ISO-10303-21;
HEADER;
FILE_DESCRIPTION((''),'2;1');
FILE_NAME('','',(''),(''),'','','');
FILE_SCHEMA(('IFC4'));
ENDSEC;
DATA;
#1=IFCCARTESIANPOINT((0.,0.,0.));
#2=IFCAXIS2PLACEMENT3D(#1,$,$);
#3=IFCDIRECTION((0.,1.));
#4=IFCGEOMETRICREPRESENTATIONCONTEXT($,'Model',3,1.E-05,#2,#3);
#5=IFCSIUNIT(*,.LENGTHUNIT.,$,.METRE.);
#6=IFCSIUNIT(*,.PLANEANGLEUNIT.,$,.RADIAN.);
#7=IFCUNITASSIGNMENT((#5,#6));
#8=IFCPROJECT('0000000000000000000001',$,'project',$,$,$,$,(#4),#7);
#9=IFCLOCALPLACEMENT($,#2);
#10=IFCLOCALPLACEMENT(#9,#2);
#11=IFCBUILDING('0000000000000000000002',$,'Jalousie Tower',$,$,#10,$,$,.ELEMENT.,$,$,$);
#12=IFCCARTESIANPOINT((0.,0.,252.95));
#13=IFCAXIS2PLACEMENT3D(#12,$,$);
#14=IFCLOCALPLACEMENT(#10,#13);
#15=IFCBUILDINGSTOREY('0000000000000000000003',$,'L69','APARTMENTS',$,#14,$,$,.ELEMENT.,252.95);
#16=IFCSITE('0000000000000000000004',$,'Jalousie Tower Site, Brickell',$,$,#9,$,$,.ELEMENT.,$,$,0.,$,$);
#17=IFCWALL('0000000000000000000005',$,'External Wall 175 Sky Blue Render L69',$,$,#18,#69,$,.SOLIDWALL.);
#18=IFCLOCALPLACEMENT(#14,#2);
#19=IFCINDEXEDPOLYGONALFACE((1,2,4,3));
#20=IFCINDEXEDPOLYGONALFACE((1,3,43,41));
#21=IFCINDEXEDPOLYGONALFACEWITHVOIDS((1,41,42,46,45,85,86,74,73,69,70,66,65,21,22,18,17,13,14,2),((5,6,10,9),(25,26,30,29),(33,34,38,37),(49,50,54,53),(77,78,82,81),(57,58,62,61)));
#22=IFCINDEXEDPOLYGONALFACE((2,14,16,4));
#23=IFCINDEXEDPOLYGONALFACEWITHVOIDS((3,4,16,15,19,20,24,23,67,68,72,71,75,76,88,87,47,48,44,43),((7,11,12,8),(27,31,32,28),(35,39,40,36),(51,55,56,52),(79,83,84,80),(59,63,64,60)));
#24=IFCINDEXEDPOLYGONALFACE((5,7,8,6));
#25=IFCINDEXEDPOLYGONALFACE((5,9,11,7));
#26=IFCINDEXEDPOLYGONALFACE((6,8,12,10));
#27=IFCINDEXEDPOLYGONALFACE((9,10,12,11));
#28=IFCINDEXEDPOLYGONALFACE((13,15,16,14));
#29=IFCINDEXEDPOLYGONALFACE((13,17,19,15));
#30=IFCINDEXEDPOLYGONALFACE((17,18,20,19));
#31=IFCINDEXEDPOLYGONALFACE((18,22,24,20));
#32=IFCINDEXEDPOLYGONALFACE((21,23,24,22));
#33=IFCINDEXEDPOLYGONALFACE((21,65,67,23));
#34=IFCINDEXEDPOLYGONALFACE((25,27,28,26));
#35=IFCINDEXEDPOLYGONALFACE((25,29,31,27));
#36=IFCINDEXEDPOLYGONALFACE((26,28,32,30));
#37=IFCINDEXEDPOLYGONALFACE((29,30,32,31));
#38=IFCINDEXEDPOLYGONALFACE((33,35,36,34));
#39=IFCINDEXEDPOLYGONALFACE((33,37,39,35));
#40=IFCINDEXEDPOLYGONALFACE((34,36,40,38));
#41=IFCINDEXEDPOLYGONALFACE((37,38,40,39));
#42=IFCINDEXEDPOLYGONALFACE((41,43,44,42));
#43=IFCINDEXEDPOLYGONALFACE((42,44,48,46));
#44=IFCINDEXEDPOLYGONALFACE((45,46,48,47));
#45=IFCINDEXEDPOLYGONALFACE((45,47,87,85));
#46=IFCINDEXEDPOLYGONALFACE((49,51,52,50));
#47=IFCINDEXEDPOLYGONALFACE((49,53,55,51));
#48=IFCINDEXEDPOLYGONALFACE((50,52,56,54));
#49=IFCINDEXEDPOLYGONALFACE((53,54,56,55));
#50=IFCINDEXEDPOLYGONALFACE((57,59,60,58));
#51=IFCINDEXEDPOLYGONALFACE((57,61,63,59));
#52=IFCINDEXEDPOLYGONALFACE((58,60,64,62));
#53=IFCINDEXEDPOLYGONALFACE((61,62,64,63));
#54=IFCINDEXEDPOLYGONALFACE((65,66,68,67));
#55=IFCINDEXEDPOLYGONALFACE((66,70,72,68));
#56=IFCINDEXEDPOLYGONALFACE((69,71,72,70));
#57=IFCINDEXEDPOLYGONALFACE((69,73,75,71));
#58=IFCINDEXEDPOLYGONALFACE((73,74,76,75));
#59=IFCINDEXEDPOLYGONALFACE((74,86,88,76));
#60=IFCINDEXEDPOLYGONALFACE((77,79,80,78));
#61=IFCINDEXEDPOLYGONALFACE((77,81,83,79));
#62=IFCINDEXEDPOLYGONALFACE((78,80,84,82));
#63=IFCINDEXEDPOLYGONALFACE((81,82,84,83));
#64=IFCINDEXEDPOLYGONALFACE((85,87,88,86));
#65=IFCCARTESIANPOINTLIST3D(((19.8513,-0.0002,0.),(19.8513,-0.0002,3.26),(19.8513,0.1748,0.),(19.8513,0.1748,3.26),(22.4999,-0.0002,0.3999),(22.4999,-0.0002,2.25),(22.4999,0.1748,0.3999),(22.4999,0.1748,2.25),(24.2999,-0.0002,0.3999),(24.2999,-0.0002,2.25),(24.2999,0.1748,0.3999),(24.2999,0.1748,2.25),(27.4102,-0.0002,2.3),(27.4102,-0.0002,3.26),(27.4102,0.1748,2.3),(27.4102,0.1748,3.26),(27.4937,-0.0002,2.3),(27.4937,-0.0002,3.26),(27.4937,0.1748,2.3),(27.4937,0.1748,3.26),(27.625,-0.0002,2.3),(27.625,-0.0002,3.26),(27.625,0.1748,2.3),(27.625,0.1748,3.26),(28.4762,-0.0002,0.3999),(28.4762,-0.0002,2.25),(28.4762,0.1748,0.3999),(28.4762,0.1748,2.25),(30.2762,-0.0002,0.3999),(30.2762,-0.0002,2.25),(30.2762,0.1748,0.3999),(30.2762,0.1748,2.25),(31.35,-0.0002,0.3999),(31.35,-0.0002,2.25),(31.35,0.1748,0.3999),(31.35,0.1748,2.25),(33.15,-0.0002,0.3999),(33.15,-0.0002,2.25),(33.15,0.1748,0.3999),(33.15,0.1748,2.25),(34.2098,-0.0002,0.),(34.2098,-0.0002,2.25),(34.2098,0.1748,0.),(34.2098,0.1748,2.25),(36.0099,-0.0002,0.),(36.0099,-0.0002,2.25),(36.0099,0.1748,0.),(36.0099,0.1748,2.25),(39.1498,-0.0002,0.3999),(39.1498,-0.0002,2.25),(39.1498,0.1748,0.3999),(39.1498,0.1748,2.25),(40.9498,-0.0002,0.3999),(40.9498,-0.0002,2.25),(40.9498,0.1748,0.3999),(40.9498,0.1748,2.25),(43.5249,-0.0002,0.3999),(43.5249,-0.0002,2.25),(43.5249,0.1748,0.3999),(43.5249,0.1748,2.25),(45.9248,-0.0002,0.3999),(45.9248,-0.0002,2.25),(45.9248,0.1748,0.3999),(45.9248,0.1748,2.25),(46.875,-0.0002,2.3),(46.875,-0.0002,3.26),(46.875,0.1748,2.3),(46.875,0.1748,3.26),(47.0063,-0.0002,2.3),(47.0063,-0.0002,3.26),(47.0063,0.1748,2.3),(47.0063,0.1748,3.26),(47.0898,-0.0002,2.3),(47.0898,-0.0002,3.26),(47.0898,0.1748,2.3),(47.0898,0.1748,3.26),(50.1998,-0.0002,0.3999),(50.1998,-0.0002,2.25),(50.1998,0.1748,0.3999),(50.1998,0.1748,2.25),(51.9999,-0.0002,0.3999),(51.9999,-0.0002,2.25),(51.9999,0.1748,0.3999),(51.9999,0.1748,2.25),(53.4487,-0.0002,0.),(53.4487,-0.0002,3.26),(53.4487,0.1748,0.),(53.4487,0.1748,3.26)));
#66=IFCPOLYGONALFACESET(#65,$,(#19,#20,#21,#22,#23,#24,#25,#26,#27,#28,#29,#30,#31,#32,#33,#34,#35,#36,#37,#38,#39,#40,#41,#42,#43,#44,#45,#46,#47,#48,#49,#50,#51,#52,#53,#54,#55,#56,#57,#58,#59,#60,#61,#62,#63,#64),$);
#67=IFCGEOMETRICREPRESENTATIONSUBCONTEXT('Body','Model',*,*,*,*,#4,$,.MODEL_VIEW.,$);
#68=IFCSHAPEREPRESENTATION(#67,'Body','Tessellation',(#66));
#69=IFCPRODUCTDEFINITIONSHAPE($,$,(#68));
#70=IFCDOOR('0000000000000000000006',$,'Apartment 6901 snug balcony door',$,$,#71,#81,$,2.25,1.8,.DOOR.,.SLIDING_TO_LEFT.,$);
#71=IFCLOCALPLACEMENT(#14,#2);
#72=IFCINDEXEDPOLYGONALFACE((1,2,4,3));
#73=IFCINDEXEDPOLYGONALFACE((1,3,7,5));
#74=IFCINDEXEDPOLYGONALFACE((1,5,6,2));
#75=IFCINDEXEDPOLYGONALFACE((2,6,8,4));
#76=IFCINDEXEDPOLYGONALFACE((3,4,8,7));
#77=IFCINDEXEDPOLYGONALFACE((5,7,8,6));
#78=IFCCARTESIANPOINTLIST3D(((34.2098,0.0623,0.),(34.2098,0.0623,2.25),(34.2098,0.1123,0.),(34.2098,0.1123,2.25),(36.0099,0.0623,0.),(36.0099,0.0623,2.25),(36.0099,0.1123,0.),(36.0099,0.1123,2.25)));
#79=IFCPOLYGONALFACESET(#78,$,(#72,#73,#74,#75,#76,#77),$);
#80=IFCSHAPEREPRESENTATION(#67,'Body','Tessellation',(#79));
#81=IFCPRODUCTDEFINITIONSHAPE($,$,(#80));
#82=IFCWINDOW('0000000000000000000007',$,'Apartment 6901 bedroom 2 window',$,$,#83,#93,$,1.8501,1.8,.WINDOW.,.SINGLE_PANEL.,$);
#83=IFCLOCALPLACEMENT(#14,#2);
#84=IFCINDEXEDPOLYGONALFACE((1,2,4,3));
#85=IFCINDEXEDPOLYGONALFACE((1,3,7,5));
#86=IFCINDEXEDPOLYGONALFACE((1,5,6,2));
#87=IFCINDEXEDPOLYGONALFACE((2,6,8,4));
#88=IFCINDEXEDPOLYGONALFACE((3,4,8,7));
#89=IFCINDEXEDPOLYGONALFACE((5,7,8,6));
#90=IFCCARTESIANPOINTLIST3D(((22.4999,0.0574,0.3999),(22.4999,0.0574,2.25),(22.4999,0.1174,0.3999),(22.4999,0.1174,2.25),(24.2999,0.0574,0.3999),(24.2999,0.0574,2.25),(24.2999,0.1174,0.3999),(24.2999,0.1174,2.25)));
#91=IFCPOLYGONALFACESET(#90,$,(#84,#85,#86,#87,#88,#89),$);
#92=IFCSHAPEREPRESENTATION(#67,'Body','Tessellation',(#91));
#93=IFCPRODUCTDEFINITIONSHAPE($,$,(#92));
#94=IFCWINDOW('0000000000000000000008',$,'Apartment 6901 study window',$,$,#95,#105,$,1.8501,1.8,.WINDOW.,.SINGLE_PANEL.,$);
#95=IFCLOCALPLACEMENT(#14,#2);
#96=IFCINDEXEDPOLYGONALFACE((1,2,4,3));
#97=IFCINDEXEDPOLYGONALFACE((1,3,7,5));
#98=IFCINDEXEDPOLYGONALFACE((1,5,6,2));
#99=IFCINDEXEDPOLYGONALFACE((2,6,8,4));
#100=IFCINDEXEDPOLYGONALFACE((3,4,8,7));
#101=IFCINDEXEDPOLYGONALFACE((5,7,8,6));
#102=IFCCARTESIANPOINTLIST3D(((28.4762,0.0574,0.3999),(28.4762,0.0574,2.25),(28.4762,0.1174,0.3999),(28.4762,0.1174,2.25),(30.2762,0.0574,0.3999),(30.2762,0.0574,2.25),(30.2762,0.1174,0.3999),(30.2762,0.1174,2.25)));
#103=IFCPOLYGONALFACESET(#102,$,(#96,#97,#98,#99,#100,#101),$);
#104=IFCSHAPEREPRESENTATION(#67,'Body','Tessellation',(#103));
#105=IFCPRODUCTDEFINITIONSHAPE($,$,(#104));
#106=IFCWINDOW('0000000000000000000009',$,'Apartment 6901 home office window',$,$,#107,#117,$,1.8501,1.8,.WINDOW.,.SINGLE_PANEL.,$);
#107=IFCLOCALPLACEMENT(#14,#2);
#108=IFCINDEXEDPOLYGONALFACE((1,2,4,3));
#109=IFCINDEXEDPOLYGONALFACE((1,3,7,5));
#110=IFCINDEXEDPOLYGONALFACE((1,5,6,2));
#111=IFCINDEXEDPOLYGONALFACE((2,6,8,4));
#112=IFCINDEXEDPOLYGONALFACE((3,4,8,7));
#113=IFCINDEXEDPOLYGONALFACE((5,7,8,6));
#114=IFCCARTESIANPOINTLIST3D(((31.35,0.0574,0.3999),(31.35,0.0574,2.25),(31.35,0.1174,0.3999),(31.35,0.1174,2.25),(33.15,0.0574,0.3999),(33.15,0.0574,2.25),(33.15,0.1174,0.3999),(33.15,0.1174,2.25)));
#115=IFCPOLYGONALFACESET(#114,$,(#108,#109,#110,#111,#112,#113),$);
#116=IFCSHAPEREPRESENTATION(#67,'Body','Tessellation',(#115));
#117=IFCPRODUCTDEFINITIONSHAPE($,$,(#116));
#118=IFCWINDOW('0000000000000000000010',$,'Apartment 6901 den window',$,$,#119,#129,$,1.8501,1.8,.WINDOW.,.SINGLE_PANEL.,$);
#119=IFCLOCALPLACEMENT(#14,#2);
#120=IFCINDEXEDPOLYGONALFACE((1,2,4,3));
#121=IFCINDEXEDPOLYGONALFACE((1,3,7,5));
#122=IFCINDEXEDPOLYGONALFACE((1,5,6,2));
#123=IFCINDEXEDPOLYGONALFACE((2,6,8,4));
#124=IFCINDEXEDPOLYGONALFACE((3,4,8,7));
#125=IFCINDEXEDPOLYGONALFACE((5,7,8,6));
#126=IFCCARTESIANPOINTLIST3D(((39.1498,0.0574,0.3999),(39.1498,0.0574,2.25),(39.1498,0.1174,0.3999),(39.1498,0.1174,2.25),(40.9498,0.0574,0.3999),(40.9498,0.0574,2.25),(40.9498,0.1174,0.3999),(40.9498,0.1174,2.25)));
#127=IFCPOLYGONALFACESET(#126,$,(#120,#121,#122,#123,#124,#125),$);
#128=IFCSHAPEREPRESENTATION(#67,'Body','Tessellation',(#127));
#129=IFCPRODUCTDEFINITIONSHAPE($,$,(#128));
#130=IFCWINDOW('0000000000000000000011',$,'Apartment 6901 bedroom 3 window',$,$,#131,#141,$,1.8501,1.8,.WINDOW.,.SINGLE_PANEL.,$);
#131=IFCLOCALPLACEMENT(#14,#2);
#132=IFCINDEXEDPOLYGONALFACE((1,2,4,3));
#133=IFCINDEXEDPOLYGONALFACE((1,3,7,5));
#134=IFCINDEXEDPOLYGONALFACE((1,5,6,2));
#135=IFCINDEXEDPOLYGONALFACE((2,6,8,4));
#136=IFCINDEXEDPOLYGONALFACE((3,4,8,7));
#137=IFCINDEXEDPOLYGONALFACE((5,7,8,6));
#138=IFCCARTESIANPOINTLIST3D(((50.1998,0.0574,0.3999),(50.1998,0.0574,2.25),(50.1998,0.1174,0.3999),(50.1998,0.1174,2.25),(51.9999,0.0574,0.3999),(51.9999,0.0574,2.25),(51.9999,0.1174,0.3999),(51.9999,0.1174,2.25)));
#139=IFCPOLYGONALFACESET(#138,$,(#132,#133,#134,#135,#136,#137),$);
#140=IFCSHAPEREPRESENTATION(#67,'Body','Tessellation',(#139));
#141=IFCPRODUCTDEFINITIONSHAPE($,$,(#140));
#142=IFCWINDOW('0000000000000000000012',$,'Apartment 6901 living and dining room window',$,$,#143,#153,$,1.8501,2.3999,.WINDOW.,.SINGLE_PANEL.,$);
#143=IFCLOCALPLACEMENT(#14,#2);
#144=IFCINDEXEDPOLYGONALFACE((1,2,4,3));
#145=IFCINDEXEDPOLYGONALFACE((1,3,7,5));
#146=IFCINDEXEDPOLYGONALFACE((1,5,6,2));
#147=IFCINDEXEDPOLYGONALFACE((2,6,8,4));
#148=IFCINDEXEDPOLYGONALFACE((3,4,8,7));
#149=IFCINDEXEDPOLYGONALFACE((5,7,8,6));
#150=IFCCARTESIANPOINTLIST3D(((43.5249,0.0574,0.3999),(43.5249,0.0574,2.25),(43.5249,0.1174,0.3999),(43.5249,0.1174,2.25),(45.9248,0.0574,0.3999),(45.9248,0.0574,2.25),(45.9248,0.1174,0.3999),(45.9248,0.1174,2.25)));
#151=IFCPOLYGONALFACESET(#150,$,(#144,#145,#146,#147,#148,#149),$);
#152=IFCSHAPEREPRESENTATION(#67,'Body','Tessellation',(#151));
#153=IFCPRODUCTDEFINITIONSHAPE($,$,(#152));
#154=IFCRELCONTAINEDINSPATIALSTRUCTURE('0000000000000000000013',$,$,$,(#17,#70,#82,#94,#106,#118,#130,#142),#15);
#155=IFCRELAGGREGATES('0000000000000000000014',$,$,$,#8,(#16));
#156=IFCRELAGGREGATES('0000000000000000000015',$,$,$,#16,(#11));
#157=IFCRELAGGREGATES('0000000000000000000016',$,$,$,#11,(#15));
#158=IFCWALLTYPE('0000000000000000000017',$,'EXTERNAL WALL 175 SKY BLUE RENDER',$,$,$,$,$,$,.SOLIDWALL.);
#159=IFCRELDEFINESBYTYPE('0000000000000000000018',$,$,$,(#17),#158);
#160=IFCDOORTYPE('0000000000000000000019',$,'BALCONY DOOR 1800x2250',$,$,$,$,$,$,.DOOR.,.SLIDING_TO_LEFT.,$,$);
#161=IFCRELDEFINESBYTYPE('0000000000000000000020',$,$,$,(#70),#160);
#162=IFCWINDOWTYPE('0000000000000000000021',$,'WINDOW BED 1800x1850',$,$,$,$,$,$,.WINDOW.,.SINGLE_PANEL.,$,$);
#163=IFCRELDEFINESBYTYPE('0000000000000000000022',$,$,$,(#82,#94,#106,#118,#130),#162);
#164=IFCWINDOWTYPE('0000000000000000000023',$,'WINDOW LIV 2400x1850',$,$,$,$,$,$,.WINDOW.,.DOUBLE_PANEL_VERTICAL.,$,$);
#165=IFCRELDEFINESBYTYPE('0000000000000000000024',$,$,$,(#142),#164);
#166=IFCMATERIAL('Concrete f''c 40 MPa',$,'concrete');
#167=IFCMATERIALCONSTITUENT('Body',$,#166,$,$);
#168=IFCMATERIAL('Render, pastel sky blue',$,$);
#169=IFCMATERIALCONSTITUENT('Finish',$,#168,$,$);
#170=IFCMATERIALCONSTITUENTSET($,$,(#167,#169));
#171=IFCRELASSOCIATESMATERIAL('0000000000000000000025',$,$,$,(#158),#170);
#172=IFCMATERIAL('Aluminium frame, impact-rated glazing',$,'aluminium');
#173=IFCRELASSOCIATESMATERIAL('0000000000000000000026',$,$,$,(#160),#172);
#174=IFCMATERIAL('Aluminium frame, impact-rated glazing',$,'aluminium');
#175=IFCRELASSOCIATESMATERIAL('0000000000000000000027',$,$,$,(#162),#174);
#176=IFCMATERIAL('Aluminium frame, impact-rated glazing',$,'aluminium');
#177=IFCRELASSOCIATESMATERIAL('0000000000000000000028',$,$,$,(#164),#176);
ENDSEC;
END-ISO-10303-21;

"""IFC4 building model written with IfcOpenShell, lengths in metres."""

from ifc_helpers import new_model, si_unit, direction, frame, frame_2d, origin, place, context, subcontext, project, spatial, polyline, rectangle, outline, extrude, material, constituent, constituent_set, type_object, element, fill, save


model = new_model("IFC4")

# Units and contexts
model_context = context("Model", 3, precision=1e-05, world=origin(), true_north=direction((0.0, 1.0)))
body_context = subcontext(model_context, "Body", "Model", "MODEL_VIEW")
ifc_project = project(units=[si_unit("LENGTHUNIT", "METRE"), si_unit("PLANEANGLEUNIT", "RADIAN")], contexts=[model_context])

# Site, building, storey
site_placement = place(None, origin())
site = spatial("IfcSite", under=ifc_project, at=site_placement, Name="Jalousie Tower Site, Brickell", CompositionType="ELEMENT", RefElevation=0.0)
building_placement = place(site_placement, origin())
building = spatial("IfcBuilding", under=site, at=building_placement, Name="Jalousie Tower", CompositionType="ELEMENT")
storey_placement = place(building_placement, frame((0.0, 0.0, 252.95)))
storey = spatial("IfcBuildingStorey", under=building, at=storey_placement, Name="L69", Description="APARTMENTS", CompositionType="ELEMENT", Elevation=252.95)

# Wall, openings, door, windows
ifc_material_1 = material(Name="Concrete f'c 40 MPa", Category="concrete")
ifc_constituent_1 = constituent(ifc_material_1, Name="Body")
ifc_material_2 = material(Name="Render, pastel sky blue")
ifc_constituent_2 = constituent(ifc_material_2, Name="Finish")
ifc_constituent_set_1 = constituent_set(constituents=[ifc_constituent_1, ifc_constituent_2])
wall_type_1 = type_object("IfcWallType", Name="EXTERNAL WALL 175 SKY BLUE RENDER", PredefinedType="SOLIDWALL", material=ifc_constituent_set_1)
wall_1_placement = place(storey_placement, frame((19.8513, 0.0874, 0.0), z_axis=(0.0, 0.0, 1.0), x_axis=(1.0, 0.0, 0.0)))
wall_1 = element("IfcWall", 1, at=wall_1_placement, inside=storey, type_object=wall_type_1, Name="External Wall 175 Sky Blue Render L69", PredefinedType="SOLIDWALL", context=body_context, shape_type="SweptSolid", body=[
    extrude(outline(polyline([(0.0, 0.0), (33.5974, 0.0), (33.5974, 3.26), (27.2385, 3.26), (27.2385, 2.3), (27.155, 2.3), (27.155, 3.26), (27.0237, 3.26), (27.0237, 2.3), (7.7737, 2.3), (7.7737, 3.26), (7.6423, 3.26), (7.6423, 2.3), (7.5588, 2.3), (7.5588, 3.26), (0.0, 3.26), (0.0, 0.0)])), frame((0.0, 0.0874, 0.0), z_axis=(0.0, -1.0, 0.0), x_axis=(1.0, 0.0, 0.0)), (0.0, 0.0, 1.0), 0.175),
])
opening_1_placement = place(wall_1_placement, frame((2.6487, 0.0, 0.3999)))
opening_1 = element("IfcOpeningElement", 2, at=opening_1_placement, cuts=wall_1, PredefinedType="OPENING", context=body_context, shape_type="SweptSolid", body=[
    extrude(rectangle(XDim=1.8, YDim=1.8501, at=frame_2d((0.8999, 0.925))), frame((0.0, 0.0974, 0.0), z_axis=(0.0, -1.0, 0.0), x_axis=(1.0, 0.0, 0.0)), (0.0, 0.0, 1.0), 0.1951),
])
opening_2_placement = place(wall_1_placement, frame((8.625, 0.0, 0.3999)))
opening_2 = element("IfcOpeningElement", 3, at=opening_2_placement, cuts=wall_1, PredefinedType="OPENING", context=body_context, shape_type="SweptSolid", body=[
    extrude(rectangle(XDim=1.8, YDim=1.8501, at=frame_2d((0.8999, 0.925))), frame((0.0, 0.0974, 0.0), z_axis=(0.0, -1.0, 0.0), x_axis=(1.0, 0.0, 0.0)), (0.0, 0.0, 1.0), 0.1951),
])
opening_3_placement = place(wall_1_placement, frame((11.4988, 0.0, 0.3999)))
opening_3 = element("IfcOpeningElement", 4, at=opening_3_placement, cuts=wall_1, PredefinedType="OPENING", context=body_context, shape_type="SweptSolid", body=[
    extrude(rectangle(XDim=1.8, YDim=1.8501, at=frame_2d((0.8999, 0.925))), frame((0.0, 0.0974, 0.0), z_axis=(0.0, -1.0, 0.0), x_axis=(1.0, 0.0, 0.0)), (0.0, 0.0, 1.0), 0.1951),
])
opening_4_placement = place(wall_1_placement, frame((14.3586, 0.0, 0.0)))
opening_4 = element("IfcOpeningElement", 5, at=opening_4_placement, cuts=wall_1, PredefinedType="OPENING", context=body_context, shape_type="SweptSolid", body=[
    extrude(rectangle(XDim=1.8, YDim=2.25, at=frame_2d((0.8999, 1.125))), frame((0.0, 0.0974, 0.0), z_axis=(0.0, -1.0, 0.0), x_axis=(1.0, 0.0, 0.0)), (0.0, 0.0, 1.0), 0.1951),
])
opening_5_placement = place(wall_1_placement, frame((19.2986, 0.0, 0.3999)))
opening_5 = element("IfcOpeningElement", 6, at=opening_5_placement, cuts=wall_1, PredefinedType="OPENING", context=body_context, shape_type="SweptSolid", body=[
    extrude(rectangle(XDim=1.8, YDim=1.8501, at=frame_2d((0.8999, 0.925))), frame((0.0, 0.0974, 0.0), z_axis=(0.0, -1.0, 0.0), x_axis=(1.0, 0.0, 0.0)), (0.0, 0.0, 1.0), 0.1951),
])
opening_6_placement = place(wall_1_placement, frame((23.6736, 0.0, 0.3999)))
opening_6 = element("IfcOpeningElement", 7, at=opening_6_placement, cuts=wall_1, PredefinedType="OPENING", context=body_context, shape_type="SweptSolid", body=[
    extrude(rectangle(XDim=2.3999, YDim=1.8501, at=frame_2d((1.2, 0.925))), frame((0.0, 0.0974, 0.0), z_axis=(0.0, -1.0, 0.0), x_axis=(1.0, 0.0, 0.0)), (0.0, 0.0, 1.0), 0.1951),
])
opening_7_placement = place(wall_1_placement, frame((30.3486, 0.0, 0.3999)))
opening_7 = element("IfcOpeningElement", 8, at=opening_7_placement, cuts=wall_1, PredefinedType="OPENING", context=body_context, shape_type="SweptSolid", body=[
    extrude(rectangle(XDim=1.8, YDim=1.8501, at=frame_2d((0.8999, 0.925))), frame((0.0, 0.0974, 0.0), z_axis=(0.0, -1.0, 0.0), x_axis=(1.0, 0.0, 0.0)), (0.0, 0.0, 1.0), 0.1951),
])
ifc_material_3 = material(Name="Aluminium frame, impact-rated glazing", Category="aluminium")
door_type_1 = type_object("IfcDoorType", Name="BALCONY DOOR 1800x2250", OperationType="SLIDING_TO_LEFT", PredefinedType="DOOR", material=ifc_material_3)
door_1_placement = place(opening_4_placement, origin())
door_1 = element("IfcDoor", 9, at=door_1_placement, inside=storey, type_object=door_type_1, Name="Apartment 6901 snug balcony door", OperationType="SLIDING_TO_LEFT", OverallHeight=2.25, OverallWidth=1.8, PredefinedType="DOOR", context=body_context, shape_type="SweptSolid", body=[
    extrude(rectangle(XDim=1.8, YDim=2.25, at=frame_2d((0.8999, 1.125))), frame((0.0, 0.0249, 0.0), z_axis=(0.0, -1.0, 0.0), x_axis=(1.0, 0.0, 0.0)), (0.0, 0.0, 1.0), 0.05),
])
fill(opening_4, door_1)
ifc_material_4 = material(Name="Aluminium frame, impact-rated glazing", Category="aluminium")
window_type_1 = type_object("IfcWindowType", Name="WINDOW BED 1800x1850", PartitioningType="SINGLE_PANEL", PredefinedType="WINDOW", material=ifc_material_4)
window_1_placement = place(opening_1_placement, origin())
window_1 = element("IfcWindow", 10, at=window_1_placement, inside=storey, type_object=window_type_1, Name="Apartment 6901 bedroom 2 window", OverallHeight=1.8501, OverallWidth=1.8, PartitioningType="SINGLE_PANEL", PredefinedType="WINDOW", context=body_context, shape_type="SweptSolid", body=[
    extrude(rectangle(XDim=1.8, YDim=1.8501, at=frame_2d((0.8999, 0.925))), frame((0.0, 0.03, 0.0), z_axis=(0.0, -1.0, 0.0), x_axis=(1.0, 0.0, 0.0)), (0.0, 0.0, 1.0), 0.0601),
])
fill(opening_1, window_1)
window_2_placement = place(opening_2_placement, origin())
window_2 = element("IfcWindow", 11, at=window_2_placement, inside=storey, type_object=window_type_1, Name="Apartment 6901 study window", OverallHeight=1.8501, OverallWidth=1.8, PartitioningType="SINGLE_PANEL", PredefinedType="WINDOW", context=body_context, shape_type="SweptSolid", body=[
    extrude(rectangle(XDim=1.8, YDim=1.8501, at=frame_2d((0.8999, 0.925))), frame((0.0, 0.03, 0.0), z_axis=(0.0, -1.0, 0.0), x_axis=(1.0, 0.0, 0.0)), (0.0, 0.0, 1.0), 0.0601),
])
fill(opening_2, window_2)
window_3_placement = place(opening_3_placement, origin())
window_3 = element("IfcWindow", 12, at=window_3_placement, inside=storey, type_object=window_type_1, Name="Apartment 6901 home office window", OverallHeight=1.8501, OverallWidth=1.8, PartitioningType="SINGLE_PANEL", PredefinedType="WINDOW", context=body_context, shape_type="SweptSolid", body=[
    extrude(rectangle(XDim=1.8, YDim=1.8501, at=frame_2d((0.8999, 0.925))), frame((0.0, 0.03, 0.0), z_axis=(0.0, -1.0, 0.0), x_axis=(1.0, 0.0, 0.0)), (0.0, 0.0, 1.0), 0.0601),
])
fill(opening_3, window_3)
window_4_placement = place(opening_5_placement, origin())
window_4 = element("IfcWindow", 13, at=window_4_placement, inside=storey, type_object=window_type_1, Name="Apartment 6901 den window", OverallHeight=1.8501, OverallWidth=1.8, PartitioningType="SINGLE_PANEL", PredefinedType="WINDOW", context=body_context, shape_type="SweptSolid", body=[
    extrude(rectangle(XDim=1.8, YDim=1.8501, at=frame_2d((0.8999, 0.925))), frame((0.0, 0.03, 0.0), z_axis=(0.0, -1.0, 0.0), x_axis=(1.0, 0.0, 0.0)), (0.0, 0.0, 1.0), 0.0601),
])
fill(opening_5, window_4)
window_5_placement = place(opening_7_placement, origin())
window_5 = element("IfcWindow", 14, at=window_5_placement, inside=storey, type_object=window_type_1, Name="Apartment 6901 bedroom 3 window", OverallHeight=1.8501, OverallWidth=1.8, PartitioningType="SINGLE_PANEL", PredefinedType="WINDOW", context=body_context, shape_type="SweptSolid", body=[
    extrude(rectangle(XDim=1.8, YDim=1.8501, at=frame_2d((0.8999, 0.925))), frame((0.0, 0.03, 0.0), z_axis=(0.0, -1.0, 0.0), x_axis=(1.0, 0.0, 0.0)), (0.0, 0.0, 1.0), 0.0601),
])
fill(opening_7, window_5)
ifc_material_5 = material(Name="Aluminium frame, impact-rated glazing", Category="aluminium")
window_type_2 = type_object("IfcWindowType", Name="WINDOW LIV 2400x1850", PartitioningType="DOUBLE_PANEL_VERTICAL", PredefinedType="WINDOW", material=ifc_material_5)
window_6_placement = place(opening_6_placement, origin())
window_6 = element("IfcWindow", 15, at=window_6_placement, inside=storey, type_object=window_type_2, Name="Apartment 6901 living and dining room window", OverallHeight=1.8501, OverallWidth=2.3999, PartitioningType="SINGLE_PANEL", PredefinedType="WINDOW", context=body_context, shape_type="SweptSolid", body=[
    extrude(rectangle(XDim=2.3999, YDim=1.8501, at=frame_2d((1.2, 0.925))), frame((0.0, 0.03, 0.0), z_axis=(0.0, -1.0, 0.0), x_axis=(1.0, 0.0, 0.0)), (0.0, 0.0, 1.0), 0.0601),
])
fill(opening_6, window_6)

save(model, "model.ifc")
